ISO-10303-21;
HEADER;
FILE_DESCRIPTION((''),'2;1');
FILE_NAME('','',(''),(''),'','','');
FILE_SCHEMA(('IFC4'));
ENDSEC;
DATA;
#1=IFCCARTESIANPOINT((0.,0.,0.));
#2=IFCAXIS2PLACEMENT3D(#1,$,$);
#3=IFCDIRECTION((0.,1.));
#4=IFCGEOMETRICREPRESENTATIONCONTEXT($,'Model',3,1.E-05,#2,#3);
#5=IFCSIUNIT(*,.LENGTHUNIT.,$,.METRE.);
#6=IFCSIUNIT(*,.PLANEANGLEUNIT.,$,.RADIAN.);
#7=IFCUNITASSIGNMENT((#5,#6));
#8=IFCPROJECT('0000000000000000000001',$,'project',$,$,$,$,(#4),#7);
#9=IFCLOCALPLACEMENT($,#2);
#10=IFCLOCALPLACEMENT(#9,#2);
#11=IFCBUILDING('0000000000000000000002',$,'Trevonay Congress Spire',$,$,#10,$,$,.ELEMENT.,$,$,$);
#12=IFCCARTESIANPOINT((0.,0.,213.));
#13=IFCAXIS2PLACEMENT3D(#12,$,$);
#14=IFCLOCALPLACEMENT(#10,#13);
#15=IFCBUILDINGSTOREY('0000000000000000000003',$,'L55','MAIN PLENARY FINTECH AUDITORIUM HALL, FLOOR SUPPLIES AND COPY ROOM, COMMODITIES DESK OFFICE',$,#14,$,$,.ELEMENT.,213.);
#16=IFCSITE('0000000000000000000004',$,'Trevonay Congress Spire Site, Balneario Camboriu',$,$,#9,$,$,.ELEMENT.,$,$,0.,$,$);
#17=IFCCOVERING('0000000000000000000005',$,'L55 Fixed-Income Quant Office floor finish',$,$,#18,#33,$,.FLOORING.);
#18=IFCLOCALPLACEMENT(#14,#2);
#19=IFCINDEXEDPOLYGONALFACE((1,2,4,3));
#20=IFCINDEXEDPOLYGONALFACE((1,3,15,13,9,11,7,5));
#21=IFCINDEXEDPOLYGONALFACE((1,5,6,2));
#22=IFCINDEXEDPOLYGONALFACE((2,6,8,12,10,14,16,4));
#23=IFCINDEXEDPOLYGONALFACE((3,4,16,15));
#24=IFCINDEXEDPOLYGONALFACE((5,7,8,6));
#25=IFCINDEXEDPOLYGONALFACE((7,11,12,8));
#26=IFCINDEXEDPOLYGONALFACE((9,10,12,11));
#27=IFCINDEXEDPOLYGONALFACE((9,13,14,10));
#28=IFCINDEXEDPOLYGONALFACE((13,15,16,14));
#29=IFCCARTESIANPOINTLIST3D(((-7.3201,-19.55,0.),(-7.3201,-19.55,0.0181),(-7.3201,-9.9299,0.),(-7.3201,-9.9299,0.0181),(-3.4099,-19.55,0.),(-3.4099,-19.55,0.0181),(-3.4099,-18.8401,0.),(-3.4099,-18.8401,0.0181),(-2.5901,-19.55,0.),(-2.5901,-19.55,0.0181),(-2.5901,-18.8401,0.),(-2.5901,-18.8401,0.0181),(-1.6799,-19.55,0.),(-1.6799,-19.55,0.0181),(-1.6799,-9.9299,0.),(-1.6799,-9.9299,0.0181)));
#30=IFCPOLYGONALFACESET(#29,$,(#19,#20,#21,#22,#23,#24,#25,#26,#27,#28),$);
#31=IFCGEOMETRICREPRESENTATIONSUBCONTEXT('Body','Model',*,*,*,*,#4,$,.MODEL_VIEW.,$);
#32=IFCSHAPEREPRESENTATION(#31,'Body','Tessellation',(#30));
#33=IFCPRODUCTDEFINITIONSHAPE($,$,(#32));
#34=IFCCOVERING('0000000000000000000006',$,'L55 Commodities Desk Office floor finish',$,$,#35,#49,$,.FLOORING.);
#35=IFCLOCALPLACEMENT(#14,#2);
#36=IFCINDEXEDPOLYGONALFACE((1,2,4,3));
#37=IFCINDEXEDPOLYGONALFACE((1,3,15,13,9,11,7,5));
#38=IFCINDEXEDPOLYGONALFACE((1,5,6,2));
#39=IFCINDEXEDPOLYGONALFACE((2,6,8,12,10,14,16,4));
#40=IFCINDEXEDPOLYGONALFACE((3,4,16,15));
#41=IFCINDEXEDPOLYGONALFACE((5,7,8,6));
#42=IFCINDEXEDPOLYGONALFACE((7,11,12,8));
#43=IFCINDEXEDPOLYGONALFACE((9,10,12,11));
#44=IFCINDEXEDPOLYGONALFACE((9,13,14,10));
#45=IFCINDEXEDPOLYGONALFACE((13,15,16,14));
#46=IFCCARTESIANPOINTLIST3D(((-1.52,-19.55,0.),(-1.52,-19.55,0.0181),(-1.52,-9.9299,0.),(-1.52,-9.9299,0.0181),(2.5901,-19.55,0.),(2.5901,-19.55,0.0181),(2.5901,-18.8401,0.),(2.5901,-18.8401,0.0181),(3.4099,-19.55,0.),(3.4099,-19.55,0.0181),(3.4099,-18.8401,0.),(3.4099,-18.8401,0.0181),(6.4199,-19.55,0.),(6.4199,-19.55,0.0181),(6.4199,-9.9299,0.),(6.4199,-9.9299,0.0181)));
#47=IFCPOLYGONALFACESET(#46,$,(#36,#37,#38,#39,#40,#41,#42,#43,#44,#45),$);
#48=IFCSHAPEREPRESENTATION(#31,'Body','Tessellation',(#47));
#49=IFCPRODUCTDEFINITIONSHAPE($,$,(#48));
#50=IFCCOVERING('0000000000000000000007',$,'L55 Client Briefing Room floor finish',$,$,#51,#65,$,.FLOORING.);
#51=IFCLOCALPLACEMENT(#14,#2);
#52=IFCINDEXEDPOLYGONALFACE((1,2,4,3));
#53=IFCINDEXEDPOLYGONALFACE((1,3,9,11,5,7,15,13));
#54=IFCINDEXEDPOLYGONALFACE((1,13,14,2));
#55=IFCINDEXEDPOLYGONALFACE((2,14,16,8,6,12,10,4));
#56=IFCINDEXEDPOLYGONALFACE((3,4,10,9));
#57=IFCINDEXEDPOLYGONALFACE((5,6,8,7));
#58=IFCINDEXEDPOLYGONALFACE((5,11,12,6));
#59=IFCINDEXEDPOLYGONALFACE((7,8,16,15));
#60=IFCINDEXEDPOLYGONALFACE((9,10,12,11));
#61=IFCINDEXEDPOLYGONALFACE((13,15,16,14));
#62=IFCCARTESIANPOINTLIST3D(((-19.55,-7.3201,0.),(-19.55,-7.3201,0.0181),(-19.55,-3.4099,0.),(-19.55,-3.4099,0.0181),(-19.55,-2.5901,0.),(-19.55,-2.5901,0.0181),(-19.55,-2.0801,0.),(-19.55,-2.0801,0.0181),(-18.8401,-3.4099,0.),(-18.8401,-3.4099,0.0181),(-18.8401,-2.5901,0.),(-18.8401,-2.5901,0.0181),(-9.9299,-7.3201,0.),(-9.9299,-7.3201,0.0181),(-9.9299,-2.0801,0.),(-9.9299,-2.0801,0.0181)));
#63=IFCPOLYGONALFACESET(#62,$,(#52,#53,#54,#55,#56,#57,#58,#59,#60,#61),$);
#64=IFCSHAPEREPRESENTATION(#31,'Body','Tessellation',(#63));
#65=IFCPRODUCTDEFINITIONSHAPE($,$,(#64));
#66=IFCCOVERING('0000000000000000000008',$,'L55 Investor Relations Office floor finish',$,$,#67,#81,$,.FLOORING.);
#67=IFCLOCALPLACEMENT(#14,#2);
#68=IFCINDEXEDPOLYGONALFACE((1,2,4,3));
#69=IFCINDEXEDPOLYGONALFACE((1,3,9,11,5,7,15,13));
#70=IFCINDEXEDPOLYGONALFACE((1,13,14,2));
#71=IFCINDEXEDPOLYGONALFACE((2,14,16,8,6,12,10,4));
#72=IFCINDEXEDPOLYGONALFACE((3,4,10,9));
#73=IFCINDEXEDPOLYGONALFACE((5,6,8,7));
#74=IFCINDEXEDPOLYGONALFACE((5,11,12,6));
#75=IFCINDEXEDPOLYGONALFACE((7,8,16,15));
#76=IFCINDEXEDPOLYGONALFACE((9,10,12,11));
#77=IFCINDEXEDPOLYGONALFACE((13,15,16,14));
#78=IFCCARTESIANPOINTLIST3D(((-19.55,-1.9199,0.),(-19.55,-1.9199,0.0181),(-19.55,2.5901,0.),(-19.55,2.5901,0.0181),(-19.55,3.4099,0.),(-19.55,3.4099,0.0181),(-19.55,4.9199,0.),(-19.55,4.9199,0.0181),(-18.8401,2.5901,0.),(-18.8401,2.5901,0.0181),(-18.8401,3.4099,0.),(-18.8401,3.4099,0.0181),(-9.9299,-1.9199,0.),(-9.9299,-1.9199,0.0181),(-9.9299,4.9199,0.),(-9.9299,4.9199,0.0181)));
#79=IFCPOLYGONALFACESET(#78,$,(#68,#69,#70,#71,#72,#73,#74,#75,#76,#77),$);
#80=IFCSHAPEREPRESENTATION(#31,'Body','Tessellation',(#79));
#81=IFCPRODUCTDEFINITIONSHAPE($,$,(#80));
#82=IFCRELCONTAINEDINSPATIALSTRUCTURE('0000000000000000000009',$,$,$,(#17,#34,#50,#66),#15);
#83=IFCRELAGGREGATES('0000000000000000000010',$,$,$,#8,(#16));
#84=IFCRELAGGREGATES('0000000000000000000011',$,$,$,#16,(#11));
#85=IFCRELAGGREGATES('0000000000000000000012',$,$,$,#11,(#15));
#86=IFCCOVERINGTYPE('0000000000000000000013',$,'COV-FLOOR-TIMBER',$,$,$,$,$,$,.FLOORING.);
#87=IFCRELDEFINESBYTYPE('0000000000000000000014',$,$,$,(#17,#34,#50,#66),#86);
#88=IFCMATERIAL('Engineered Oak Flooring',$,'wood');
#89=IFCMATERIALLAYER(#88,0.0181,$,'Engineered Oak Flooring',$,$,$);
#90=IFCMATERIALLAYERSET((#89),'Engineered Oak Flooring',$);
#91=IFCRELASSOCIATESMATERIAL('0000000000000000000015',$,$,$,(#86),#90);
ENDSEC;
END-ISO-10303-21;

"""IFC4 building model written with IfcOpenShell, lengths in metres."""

from ifc_helpers import new_model, si_unit, direction, frame, origin, place, context, subcontext, project, spatial, polyline, outline, extrude, material, layer, layer_set, type_object, element, save


model = new_model("IFC4")

# Units and contexts
model_context = context("Model", 3, precision=1e-05, world=origin(), true_north=direction((0.0, 1.0)))
body_context = subcontext(model_context, "Body", "Model", "MODEL_VIEW")
ifc_project = project(units=[si_unit("LENGTHUNIT", "METRE"), si_unit("PLANEANGLEUNIT", "RADIAN")], contexts=[model_context])

# Site, building, storey
site_placement = place(None, origin())
site = spatial("IfcSite", under=ifc_project, at=site_placement, Name="Trevonay Congress Spire Site, Balneario Camboriu", CompositionType="ELEMENT", RefElevation=0.0)
building_placement = place(site_placement, origin())
building = spatial("IfcBuilding", under=site, at=building_placement, Name="Trevonay Congress Spire", CompositionType="ELEMENT")
storey_placement = place(building_placement, frame((0.0, 0.0, 213.0)))
storey = spatial("IfcBuildingStorey", under=building, at=storey_placement, Name="L55", Description="MAIN PLENARY FINTECH AUDITORIUM HALL, FLOOR SUPPLIES AND COPY ROOM, COMMODITIES DESK OFFICE", CompositionType="ELEMENT", Elevation=213.0)

# Coverings
ifc_material_1 = material(Name="Engineered Oak Flooring", Category="wood")
ifc_layer_1 = layer(ifc_material_1, 0.0181, Name="Engineered Oak Flooring")
ifc_layer_set_1 = layer_set([ifc_layer_1], Name="Engineered Oak Flooring")
covering_type_1 = type_object("IfcCoveringType", Name="COV-FLOOR-TIMBER", PredefinedType="FLOORING", material=ifc_layer_set_1)
covering_1_placement = place(storey_placement, origin())
element("IfcCovering", 1, at=covering_1_placement, inside=storey, type_object=covering_type_1, Name="L55 Fixed-Income Quant Office floor finish", PredefinedType="FLOORING", context=body_context, shape_type="SweptSolid", body=[
    extrude(outline(polyline([(-7.3201, -19.55), (-7.3201, -9.9299), (-1.6799, -9.9299), (-1.6799, -19.55), (-2.5901, -19.55), (-2.5901, -18.8401), (-3.4099, -18.8401), (-3.4099, -19.55), (-7.3201, -19.55)])), origin(), (0.0, 0.0, 1.0), 0.0181),
])
covering_2_placement = place(storey_placement, origin())
element("IfcCovering", 2, at=covering_2_placement, inside=storey, type_object=covering_type_1, Name="L55 Commodities Desk Office floor finish", PredefinedType="FLOORING", context=body_context, shape_type="SweptSolid", body=[
    extrude(outline(polyline([(-1.52, -19.55), (-1.52, -9.9299), (6.4199, -9.9299), (6.4199, -19.55), (3.4099, -19.55), (3.4099, -18.8401), (2.5901, -18.8401), (2.5901, -19.55), (-1.52, -19.55)])), origin(), (0.0, 0.0, 1.0), 0.0181),
])
covering_3_placement = place(storey_placement, origin())
element("IfcCovering", 3, at=covering_3_placement, inside=storey, type_object=covering_type_1, Name="L55 Client Briefing Room floor finish", PredefinedType="FLOORING", context=body_context, shape_type="SweptSolid", body=[
    extrude(outline(polyline([(-19.55, -2.0801), (-9.9299, -2.0801), (-9.9299, -7.3201), (-19.55, -7.3201), (-19.55, -3.4099), (-18.8401, -3.4099), (-18.8401, -2.5901), (-19.55, -2.5901), (-19.55, -2.0801)])), origin(), (0.0, 0.0, 1.0), 0.0181),
])
covering_4_placement = place(storey_placement, origin())
element("IfcCovering", 4, at=covering_4_placement, inside=storey, type_object=covering_type_1, Name="L55 Investor Relations Office floor finish", PredefinedType="FLOORING", context=body_context, shape_type="SweptSolid", body=[
    extrude(outline(polyline([(-19.55, 4.9199), (-9.9299, 4.9199), (-9.9299, -1.9199), (-19.55, -1.9199), (-19.55, 2.5901), (-18.8401, 2.5901), (-18.8401, 3.4099), (-19.55, 3.4099), (-19.55, 4.9199)])), origin(), (0.0, 0.0, 1.0), 0.0181),
])

save(model, "model.ifc")
